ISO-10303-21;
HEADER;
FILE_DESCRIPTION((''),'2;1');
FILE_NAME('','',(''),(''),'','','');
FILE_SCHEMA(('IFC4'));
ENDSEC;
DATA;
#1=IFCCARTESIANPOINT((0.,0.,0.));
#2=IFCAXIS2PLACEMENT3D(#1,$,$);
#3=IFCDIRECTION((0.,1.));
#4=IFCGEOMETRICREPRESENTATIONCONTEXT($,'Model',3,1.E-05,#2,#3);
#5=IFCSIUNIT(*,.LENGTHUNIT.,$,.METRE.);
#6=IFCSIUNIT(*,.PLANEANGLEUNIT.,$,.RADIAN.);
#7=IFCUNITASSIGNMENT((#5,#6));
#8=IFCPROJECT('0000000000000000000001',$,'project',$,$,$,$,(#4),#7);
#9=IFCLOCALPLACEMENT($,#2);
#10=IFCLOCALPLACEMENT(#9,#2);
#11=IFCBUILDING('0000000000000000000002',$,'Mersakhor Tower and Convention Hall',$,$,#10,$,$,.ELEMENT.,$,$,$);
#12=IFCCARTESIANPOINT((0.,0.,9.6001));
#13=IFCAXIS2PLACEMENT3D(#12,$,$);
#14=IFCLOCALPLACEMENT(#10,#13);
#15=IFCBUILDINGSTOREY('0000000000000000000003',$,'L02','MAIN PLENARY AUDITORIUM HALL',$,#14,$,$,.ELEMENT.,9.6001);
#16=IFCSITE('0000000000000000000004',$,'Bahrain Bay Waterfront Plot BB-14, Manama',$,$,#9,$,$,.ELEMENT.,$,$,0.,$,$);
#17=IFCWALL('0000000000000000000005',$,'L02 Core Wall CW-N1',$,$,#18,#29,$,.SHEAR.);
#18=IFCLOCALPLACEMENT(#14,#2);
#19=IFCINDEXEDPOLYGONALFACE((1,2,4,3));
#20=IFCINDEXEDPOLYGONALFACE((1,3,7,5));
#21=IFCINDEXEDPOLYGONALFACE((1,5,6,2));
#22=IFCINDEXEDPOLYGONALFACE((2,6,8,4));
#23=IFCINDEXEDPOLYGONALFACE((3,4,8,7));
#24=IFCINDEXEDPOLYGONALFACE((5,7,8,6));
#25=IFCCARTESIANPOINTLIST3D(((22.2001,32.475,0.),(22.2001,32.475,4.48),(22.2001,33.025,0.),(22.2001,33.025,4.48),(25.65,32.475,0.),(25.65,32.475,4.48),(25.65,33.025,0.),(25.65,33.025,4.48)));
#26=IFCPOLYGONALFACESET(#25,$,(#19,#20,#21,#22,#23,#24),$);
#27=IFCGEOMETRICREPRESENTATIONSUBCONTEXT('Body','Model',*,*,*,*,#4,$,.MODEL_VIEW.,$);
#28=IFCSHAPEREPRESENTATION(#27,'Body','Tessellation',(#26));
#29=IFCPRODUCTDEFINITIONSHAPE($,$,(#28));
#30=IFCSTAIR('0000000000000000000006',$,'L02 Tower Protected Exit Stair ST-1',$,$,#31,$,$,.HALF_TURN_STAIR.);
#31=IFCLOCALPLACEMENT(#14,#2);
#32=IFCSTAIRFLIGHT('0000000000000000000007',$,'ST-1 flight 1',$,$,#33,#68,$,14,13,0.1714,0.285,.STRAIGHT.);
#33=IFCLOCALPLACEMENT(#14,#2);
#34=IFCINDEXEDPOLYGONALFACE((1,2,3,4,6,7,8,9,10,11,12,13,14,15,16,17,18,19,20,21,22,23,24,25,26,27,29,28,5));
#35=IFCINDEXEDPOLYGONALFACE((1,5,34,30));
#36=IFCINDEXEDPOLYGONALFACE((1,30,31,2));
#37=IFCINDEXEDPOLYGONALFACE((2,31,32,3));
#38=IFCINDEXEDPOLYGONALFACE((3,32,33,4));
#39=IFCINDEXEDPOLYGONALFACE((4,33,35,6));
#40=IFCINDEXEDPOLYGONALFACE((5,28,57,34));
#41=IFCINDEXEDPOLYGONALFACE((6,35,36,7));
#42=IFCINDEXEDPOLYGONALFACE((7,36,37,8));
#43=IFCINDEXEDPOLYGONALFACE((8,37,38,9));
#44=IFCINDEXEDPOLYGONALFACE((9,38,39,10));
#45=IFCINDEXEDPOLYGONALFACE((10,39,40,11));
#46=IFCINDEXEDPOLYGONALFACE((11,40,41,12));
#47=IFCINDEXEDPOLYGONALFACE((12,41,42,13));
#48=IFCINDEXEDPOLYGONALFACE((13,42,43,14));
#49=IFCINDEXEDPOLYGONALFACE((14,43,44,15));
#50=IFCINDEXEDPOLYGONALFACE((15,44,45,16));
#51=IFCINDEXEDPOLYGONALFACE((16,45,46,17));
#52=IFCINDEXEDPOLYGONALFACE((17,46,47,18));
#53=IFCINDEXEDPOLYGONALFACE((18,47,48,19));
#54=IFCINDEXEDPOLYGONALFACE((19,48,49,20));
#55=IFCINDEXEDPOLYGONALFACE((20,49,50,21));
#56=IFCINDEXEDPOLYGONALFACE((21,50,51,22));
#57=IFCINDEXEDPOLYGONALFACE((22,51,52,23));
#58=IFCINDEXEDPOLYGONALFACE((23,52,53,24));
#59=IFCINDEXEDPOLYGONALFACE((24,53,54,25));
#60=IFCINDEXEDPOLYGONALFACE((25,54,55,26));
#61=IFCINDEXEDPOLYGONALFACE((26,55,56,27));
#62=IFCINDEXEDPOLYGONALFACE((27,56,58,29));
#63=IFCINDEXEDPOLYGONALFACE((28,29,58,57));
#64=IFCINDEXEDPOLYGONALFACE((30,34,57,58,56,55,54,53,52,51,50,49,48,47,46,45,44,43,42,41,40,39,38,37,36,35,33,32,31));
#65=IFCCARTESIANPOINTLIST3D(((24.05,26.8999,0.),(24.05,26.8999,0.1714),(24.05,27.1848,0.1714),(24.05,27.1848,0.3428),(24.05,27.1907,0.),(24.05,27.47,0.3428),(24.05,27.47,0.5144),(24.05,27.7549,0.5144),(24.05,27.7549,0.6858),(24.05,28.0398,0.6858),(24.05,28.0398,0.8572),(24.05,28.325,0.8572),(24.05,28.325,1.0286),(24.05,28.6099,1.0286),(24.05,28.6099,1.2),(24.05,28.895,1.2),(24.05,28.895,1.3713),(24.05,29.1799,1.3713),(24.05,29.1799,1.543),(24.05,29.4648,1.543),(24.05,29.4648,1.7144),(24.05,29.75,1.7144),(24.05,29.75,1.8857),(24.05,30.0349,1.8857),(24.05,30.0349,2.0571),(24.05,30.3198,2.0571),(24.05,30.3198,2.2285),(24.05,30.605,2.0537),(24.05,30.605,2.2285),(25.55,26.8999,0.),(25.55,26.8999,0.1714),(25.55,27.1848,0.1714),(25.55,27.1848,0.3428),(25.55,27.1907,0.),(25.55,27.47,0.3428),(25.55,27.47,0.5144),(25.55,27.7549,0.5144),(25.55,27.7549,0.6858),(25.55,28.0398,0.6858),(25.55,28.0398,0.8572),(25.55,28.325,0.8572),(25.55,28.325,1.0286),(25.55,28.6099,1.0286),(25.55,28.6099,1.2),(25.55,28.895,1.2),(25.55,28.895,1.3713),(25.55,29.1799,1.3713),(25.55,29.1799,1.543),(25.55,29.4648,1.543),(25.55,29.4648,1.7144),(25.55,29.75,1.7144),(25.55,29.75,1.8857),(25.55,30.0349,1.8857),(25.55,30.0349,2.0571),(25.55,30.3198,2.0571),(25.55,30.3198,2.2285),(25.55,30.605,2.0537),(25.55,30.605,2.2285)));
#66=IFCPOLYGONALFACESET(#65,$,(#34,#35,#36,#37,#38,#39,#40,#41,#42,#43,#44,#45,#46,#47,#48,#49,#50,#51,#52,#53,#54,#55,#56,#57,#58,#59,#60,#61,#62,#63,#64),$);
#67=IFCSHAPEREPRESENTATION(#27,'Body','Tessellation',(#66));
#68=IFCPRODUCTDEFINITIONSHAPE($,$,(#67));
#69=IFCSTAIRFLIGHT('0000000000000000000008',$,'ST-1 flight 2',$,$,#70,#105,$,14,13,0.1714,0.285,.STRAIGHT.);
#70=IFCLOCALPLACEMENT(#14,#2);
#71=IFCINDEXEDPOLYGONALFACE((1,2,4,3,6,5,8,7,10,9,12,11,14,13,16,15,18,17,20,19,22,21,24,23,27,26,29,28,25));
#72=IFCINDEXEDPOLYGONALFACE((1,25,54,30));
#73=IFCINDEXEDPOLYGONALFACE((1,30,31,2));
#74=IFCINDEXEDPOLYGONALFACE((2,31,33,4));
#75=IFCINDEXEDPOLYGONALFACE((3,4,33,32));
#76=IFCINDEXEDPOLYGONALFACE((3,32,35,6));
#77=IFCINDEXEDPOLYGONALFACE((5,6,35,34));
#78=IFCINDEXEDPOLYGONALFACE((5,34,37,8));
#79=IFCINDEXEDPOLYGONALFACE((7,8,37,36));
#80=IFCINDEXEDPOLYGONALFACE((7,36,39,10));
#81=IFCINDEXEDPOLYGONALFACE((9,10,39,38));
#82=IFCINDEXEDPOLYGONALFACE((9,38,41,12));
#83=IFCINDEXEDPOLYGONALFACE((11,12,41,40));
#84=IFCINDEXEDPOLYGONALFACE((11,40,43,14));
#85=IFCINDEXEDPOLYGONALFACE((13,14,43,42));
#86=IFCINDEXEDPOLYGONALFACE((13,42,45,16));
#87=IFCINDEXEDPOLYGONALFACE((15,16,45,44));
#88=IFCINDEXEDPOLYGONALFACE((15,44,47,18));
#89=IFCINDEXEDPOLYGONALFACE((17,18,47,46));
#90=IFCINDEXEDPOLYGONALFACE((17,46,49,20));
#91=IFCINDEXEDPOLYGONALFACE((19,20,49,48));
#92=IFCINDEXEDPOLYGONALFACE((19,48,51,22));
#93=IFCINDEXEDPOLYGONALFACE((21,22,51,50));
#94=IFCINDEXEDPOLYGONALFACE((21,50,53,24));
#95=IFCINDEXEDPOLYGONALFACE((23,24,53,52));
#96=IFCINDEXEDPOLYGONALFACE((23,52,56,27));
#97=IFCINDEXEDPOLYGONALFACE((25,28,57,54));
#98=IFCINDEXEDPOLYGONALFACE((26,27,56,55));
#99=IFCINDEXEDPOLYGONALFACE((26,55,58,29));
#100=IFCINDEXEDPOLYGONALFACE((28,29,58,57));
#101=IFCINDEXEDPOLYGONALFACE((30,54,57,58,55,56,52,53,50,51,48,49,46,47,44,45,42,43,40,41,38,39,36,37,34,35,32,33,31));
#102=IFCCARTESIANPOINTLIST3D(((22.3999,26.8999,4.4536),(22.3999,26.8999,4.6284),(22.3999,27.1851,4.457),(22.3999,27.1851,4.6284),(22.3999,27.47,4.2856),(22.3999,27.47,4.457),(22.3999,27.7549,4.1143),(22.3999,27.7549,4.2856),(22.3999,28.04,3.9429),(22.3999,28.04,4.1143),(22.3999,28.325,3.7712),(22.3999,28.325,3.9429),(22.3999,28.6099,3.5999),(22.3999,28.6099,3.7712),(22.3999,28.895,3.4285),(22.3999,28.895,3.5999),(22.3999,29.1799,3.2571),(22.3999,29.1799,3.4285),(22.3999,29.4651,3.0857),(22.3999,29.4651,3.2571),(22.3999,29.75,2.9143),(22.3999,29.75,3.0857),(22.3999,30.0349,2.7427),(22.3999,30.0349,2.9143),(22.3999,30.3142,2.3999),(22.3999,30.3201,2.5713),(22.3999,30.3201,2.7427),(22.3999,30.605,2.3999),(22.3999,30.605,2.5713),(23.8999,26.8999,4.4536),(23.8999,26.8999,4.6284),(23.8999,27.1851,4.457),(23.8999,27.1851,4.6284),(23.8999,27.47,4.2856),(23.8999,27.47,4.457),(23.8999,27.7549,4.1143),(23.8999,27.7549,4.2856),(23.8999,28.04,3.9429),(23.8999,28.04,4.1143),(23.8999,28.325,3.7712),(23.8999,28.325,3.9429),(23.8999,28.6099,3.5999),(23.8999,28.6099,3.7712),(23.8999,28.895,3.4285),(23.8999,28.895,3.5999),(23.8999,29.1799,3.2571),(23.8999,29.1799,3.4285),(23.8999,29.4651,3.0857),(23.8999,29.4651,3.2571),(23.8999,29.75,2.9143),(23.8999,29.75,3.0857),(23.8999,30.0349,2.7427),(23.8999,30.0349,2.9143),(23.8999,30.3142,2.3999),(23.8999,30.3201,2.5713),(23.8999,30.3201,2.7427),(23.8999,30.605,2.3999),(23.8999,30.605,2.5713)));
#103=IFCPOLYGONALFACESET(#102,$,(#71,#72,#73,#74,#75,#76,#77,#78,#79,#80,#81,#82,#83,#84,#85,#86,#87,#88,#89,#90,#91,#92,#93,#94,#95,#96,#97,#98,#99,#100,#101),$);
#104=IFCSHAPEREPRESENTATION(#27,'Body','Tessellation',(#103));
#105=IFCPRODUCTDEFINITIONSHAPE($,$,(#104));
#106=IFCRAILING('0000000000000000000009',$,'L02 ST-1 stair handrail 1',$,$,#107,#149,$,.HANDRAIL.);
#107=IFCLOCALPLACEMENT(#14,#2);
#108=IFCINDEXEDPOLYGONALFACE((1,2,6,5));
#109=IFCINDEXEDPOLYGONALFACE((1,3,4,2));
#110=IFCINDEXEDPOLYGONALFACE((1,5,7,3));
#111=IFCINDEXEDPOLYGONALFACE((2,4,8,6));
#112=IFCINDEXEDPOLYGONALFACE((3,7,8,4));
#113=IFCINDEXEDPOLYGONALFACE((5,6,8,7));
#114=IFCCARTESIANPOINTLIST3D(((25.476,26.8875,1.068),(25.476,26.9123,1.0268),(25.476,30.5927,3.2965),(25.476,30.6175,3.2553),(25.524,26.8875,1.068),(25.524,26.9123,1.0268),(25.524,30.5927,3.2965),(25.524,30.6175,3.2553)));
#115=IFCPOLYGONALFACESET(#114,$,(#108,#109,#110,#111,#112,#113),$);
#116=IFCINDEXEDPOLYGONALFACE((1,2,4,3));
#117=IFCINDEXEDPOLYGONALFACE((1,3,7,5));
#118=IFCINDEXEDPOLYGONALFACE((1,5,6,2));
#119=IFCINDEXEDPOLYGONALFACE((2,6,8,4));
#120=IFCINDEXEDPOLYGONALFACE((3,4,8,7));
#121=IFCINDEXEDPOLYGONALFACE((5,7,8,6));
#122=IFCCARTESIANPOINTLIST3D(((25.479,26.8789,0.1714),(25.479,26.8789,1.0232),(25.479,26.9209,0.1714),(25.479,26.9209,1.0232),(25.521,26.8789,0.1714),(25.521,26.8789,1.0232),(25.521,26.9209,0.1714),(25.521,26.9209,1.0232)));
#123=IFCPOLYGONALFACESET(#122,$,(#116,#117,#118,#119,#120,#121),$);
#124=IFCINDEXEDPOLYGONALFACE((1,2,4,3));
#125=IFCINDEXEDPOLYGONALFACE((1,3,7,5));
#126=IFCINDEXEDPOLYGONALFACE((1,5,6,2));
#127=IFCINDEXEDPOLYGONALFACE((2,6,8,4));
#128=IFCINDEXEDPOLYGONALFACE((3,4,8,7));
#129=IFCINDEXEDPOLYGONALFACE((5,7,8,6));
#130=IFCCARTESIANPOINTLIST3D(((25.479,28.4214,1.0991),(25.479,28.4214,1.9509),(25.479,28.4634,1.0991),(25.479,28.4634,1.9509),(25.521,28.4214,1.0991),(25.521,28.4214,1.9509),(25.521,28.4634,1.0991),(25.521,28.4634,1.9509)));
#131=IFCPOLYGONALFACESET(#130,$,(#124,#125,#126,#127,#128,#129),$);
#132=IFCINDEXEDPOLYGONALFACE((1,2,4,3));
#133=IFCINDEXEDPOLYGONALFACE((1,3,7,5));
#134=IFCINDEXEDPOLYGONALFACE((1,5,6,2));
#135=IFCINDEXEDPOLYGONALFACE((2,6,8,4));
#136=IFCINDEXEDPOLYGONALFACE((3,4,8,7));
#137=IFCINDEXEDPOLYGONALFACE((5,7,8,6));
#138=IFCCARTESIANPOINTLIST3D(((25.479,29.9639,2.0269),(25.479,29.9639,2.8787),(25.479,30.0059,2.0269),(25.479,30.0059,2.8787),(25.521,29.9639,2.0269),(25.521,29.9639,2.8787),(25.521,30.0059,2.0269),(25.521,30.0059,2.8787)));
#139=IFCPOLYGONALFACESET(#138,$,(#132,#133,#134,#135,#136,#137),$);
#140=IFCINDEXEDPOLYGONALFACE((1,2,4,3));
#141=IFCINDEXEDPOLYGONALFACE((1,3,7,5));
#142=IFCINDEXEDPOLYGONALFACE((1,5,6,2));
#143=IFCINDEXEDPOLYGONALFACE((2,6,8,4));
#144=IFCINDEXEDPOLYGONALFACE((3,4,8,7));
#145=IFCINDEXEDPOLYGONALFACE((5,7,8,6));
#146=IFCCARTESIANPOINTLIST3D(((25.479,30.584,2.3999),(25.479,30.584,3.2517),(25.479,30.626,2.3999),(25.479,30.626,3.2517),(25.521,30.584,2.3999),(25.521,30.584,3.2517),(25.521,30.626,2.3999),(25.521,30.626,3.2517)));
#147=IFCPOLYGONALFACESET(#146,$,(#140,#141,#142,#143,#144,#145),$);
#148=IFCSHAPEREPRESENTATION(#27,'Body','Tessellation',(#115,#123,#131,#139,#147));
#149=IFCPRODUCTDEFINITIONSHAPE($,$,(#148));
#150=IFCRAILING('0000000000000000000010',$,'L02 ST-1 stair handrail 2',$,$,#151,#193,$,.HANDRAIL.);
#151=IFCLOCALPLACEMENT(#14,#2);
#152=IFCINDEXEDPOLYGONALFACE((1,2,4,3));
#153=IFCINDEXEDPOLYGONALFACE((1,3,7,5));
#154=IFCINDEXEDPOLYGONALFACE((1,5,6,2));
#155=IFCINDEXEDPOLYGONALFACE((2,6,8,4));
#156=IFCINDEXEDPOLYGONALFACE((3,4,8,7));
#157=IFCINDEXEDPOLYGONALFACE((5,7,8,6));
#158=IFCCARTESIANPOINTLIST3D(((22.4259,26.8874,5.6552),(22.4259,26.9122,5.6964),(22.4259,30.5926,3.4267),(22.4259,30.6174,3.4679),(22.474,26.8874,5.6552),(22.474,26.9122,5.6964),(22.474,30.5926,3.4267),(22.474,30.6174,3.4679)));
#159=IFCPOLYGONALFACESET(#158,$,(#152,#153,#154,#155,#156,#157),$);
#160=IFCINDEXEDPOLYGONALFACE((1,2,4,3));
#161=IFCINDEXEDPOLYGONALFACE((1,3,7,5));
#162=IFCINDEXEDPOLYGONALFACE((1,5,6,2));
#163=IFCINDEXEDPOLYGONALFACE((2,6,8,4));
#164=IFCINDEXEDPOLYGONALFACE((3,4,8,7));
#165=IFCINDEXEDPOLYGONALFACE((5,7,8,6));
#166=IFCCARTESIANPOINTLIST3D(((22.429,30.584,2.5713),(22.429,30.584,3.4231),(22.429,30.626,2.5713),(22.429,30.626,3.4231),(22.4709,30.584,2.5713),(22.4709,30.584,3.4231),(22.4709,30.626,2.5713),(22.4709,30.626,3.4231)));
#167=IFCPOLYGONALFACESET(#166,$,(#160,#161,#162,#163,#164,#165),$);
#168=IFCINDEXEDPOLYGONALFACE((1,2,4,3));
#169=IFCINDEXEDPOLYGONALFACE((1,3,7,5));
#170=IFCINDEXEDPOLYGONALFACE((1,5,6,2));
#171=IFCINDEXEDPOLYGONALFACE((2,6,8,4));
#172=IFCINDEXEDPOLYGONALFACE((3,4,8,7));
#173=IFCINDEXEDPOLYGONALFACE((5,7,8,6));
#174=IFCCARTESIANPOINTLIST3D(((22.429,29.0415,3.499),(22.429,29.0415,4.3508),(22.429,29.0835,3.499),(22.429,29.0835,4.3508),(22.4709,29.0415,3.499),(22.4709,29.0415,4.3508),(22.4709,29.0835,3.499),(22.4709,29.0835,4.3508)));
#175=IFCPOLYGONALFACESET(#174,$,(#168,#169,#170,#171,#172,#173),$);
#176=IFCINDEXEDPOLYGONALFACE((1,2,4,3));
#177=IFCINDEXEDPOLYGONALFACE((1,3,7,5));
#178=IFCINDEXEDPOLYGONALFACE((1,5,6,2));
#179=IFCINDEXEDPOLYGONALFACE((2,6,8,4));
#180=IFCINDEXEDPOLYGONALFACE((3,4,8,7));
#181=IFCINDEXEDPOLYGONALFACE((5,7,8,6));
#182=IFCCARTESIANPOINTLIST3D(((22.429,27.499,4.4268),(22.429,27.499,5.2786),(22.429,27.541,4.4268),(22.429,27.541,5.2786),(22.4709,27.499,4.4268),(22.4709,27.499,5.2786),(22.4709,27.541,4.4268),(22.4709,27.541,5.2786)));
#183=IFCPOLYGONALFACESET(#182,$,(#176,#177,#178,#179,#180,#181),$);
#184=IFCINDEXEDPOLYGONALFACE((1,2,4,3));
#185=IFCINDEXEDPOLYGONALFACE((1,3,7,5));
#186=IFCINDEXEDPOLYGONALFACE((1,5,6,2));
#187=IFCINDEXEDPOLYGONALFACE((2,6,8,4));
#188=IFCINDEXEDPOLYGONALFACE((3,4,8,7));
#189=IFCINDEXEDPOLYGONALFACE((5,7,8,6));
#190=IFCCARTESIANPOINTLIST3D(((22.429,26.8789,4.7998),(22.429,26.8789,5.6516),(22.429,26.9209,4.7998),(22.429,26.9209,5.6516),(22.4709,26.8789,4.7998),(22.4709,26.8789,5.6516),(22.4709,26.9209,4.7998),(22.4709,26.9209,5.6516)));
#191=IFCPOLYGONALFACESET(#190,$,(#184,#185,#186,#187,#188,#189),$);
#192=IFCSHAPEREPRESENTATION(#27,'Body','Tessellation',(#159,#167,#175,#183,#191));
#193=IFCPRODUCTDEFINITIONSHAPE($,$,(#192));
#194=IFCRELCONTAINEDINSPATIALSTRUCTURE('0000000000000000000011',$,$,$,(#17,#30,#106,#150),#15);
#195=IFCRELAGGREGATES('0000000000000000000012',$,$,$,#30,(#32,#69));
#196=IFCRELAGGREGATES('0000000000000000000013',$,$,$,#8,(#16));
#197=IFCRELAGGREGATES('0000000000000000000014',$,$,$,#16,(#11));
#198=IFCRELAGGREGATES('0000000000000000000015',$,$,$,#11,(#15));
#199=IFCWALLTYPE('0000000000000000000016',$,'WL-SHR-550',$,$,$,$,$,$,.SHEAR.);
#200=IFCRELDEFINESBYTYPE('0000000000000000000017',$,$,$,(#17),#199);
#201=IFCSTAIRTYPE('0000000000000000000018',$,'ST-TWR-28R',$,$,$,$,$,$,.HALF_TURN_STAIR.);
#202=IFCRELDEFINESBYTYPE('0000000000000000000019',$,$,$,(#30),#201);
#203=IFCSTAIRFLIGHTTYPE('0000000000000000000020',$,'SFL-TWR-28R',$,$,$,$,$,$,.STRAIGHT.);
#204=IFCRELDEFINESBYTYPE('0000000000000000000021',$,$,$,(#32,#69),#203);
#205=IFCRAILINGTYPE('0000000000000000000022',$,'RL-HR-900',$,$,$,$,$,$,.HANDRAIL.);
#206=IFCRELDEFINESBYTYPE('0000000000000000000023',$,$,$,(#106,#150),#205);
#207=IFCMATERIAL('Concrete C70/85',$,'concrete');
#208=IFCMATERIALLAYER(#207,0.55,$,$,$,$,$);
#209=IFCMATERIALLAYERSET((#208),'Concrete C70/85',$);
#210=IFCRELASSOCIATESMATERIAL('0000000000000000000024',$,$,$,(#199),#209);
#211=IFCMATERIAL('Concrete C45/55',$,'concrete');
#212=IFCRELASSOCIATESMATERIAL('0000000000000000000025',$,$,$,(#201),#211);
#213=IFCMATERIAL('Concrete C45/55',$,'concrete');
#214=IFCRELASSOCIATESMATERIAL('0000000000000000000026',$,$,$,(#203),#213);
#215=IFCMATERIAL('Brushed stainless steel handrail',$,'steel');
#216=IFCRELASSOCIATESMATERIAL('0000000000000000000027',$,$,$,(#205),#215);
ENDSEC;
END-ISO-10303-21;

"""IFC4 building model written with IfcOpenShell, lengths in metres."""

from ifc_helpers import new_model, si_unit, direction, frame, frame_2d, origin, origin_2d, place, context, subcontext, project, spatial, polyline, rectangle, outline, extrude, material, layer, layer_set, type_object, element, aggregate, save


model = new_model("IFC4")

# Units and contexts
model_context = context("Model", 3, precision=1e-05, world=origin(), true_north=direction((0.0, 1.0)))
body_context = subcontext(model_context, "Body", "Model", "MODEL_VIEW")
ifc_project = project(units=[si_unit("LENGTHUNIT", "METRE"), si_unit("PLANEANGLEUNIT", "RADIAN")], contexts=[model_context])

# Site, building, storey
site_placement = place(None, origin())
site = spatial("IfcSite", under=ifc_project, at=site_placement, Name="Bahrain Bay Waterfront Plot BB-14, Manama", CompositionType="ELEMENT", RefElevation=0.0)
building_placement = place(site_placement, origin())
building = spatial("IfcBuilding", under=site, at=building_placement, Name="Mersakhor Tower and Convention Hall", CompositionType="ELEMENT")
storey_placement = place(building_placement, frame((0.0, 0.0, 9.6001)))
storey = spatial("IfcBuildingStorey", under=building, at=storey_placement, Name="L02", Description="MAIN PLENARY AUDITORIUM HALL", CompositionType="ELEMENT", Elevation=9.6001)

# Wall
ifc_material_1 = material(Name="Concrete C70/85", Category="concrete")
ifc_layer_1 = layer(ifc_material_1, 0.55)
ifc_layer_set_1 = layer_set([ifc_layer_1], Name="Concrete C70/85")
wall_type_1 = type_object("IfcWallType", Name="WL-SHR-550", PredefinedType="SHEAR", material=ifc_layer_set_1)
wall_1_placement = place(storey_placement, frame((22.2, 32.75, 0.0), z_axis=(0.0, 0.0, 1.0), x_axis=(1.0, 0.0, 0.0)))
element("IfcWall", 1, at=wall_1_placement, inside=storey, type_object=wall_type_1, Name="L02 Core Wall CW-N1", PredefinedType="SHEAR", context=body_context, shape_type="SweptSolid", body=[
    extrude(rectangle(XDim=3.45, YDim=0.55, at=frame_2d((1.7251, 0.0))), origin(), (0.0, 0.0, 1.0), 4.48),
])

# Stair, stair flights
ifc_material_2 = material(Name="Concrete C45/55", Category="concrete")
stair_type = type_object("IfcStairType", Name="ST-TWR-28R", PredefinedType="HALF_TURN_STAIR", material=ifc_material_2)
stair_placement = place(storey_placement, origin())
stair = element("IfcStair", 2, at=stair_placement, inside=storey, type_object=stair_type, Name="L02 Tower Protected Exit Stair ST-1", PredefinedType="HALF_TURN_STAIR")
ifc_material_3 = material(Name="Concrete C45/55", Category="concrete")
stair_flight_type = type_object("IfcStairFlightType", Name="SFL-TWR-28R", PredefinedType="STRAIGHT", material=ifc_material_3)
stair_flight_1_placement = place(storey_placement, frame((24.8, 26.8999, 0.0), z_axis=(0.0, 0.0, 1.0), x_axis=(0.0, 1.0, 0.0)))
stair_flight_1 = element("IfcStairFlight", 3, at=stair_flight_1_placement, type_object=stair_flight_type, Name="ST-1 flight 1", NumberOfRisers=14, NumberOfTreads=13, PredefinedType="STRAIGHT", RiserHeight=0.1714, TreadLength=0.285, context=body_context, shape_type="SweptSolid", body=[
    extrude(outline(polyline([(0.0, 0.0), (0.0, 0.1714), (0.2849, 0.1714), (0.2849, 0.3428), (0.5701, 0.3428), (0.5701, 0.5144), (0.855, 0.5144), (0.855, 0.6858), (1.1399, 0.6858), (1.1399, 0.8572), (1.425, 0.8572), (1.425, 1.0286), (1.71, 1.0286), (1.71, 1.2), (1.9951, 1.2), (1.9951, 1.3713), (2.28, 1.3713), (2.28, 1.543), (2.5649, 1.543), (2.5649, 1.7144), (2.8501, 1.7144), (2.8501, 1.8857), (3.135, 1.8857), (3.135, 2.0571), (3.4199, 2.0571), (3.4199, 2.2285), (3.7051, 2.2285), (3.7051, 2.3999), (3.7051, 2.0537), (0.2908, 0.0), (0.0, 0.0)])), frame((0.0, 0.75, 0.0), z_axis=(0.0, -1.0, 0.0), x_axis=(1.0, 0.0, 0.0)), (0.0, 0.0, 1.0), 1.5),
])
stair_flight_2_placement = place(storey_placement, frame((23.1499, 30.605, 2.3999), z_axis=(0.0, 0.0, 1.0), x_axis=(0.0, -1.0, 0.0)))
stair_flight_2 = element("IfcStairFlight", 4, at=stair_flight_2_placement, type_object=stair_flight_type, Name="ST-1 flight 2", NumberOfRisers=14, NumberOfTreads=13, PredefinedType="STRAIGHT", RiserHeight=0.1714, TreadLength=0.285, context=body_context, shape_type="SweptSolid", body=[
    extrude(outline(polyline([(0.0, 0.0), (0.0, 0.1714), (0.2849, 0.1714), (0.2849, 0.3428), (0.5701, 0.3428), (0.5701, 0.5144), (0.855, 0.5144), (0.855, 0.6858), (1.1399, 0.6858), (1.1399, 0.8572), (1.425, 0.8572), (1.425, 1.0286), (1.71, 1.0286), (1.71, 1.2), (1.9951, 1.2), (1.9951, 1.3713), (2.28, 1.3713), (2.28, 1.543), (2.5649, 1.543), (2.5649, 1.7144), (2.8501, 1.7144), (2.8501, 1.8857), (3.135, 1.8857), (3.135, 2.0571), (3.4199, 2.0571), (3.4199, 2.2285), (3.7051, 2.2285), (3.7051, 2.3999), (3.7051, 2.0537), (0.2908, 0.0), (0.0, 0.0)])), frame((0.0, 0.75, 0.0), z_axis=(0.0, -1.0, 0.0), x_axis=(1.0, 0.0, 0.0)), (0.0, 0.0, 1.0), 1.5),
])
aggregate(stair, [stair_flight_1, stair_flight_2])

# Railings
ifc_material_4 = material(Name="Brushed stainless steel handrail", Category="steel")
railing_type_1 = type_object("IfcRailingType", Name="RL-HR-900", PredefinedType="HANDRAIL", material=ifc_material_4)
railing_1_placement = place(storey_placement, frame((25.5, 26.8999, 0.1714)))
element("IfcRailing", 5, at=railing_1_placement, inside=storey, type_object=railing_type_1, Name="L02 ST-1 stair handrail 1", PredefinedType="HANDRAIL", context=body_context, shape_type="SweptSolid", body=[
    extrude(rectangle(XDim=0.0481, YDim=0.0481, at=origin_2d()), frame((0.0, 0.0, 0.876), z_axis=(0.0, 0.856934, 0.515425), x_axis=(-1.0, 0.0, 0.0)), (0.0, 0.0, 1.0), 4.3237),
    extrude(rectangle(XDim=0.042, YDim=0.042, at=origin_2d()), origin(), (0.0, 0.0, 1.0), 0.8518),
    extrude(rectangle(XDim=0.042, YDim=0.042, at=origin_2d()), frame((0.0, 1.5425, 0.9277)), (0.0, 0.0, 1.0), 0.8518),
    extrude(rectangle(XDim=0.042, YDim=0.042, at=origin_2d()), frame((0.0, 3.085, 1.8555)), (0.0, 0.0, 1.0), 0.8518),
    extrude(rectangle(XDim=0.042, YDim=0.042, at=origin_2d()), frame((0.0, 3.7051, 2.2285)), (0.0, 0.0, 1.0), 0.8518),
])
railing_2_placement = place(storey_placement, frame((22.45, 30.605, 2.5713)))
element("IfcRailing", 6, at=railing_2_placement, inside=storey, type_object=railing_type_1, Name="L02 ST-1 stair handrail 2", PredefinedType="HANDRAIL", context=body_context, shape_type="SweptSolid", body=[
    extrude(rectangle(XDim=0.0481, YDim=0.0481, at=origin_2d()), frame((0.0, 0.0, 0.876), z_axis=(0.0, -0.856934, 0.515425), x_axis=(1.0, 0.0, 0.0)), (0.0, 0.0, 1.0), 4.3237),
    extrude(rectangle(XDim=0.042, YDim=0.042, at=origin_2d()), origin(), (0.0, 0.0, 1.0), 0.8518),
    extrude(rectangle(XDim=0.042, YDim=0.042, at=origin_2d()), frame((0.0, -1.5425, 0.9277)), (0.0, 0.0, 1.0), 0.8518),
    extrude(rectangle(XDim=0.042, YDim=0.042, at=origin_2d()), frame((0.0, -3.085, 1.8555)), (0.0, 0.0, 1.0), 0.8518),
    extrude(rectangle(XDim=0.042, YDim=0.042, at=origin_2d()), frame((0.0, -3.7051, 2.2285)), (0.0, 0.0, 1.0), 0.8518),
])

save(model, "model.ifc")
